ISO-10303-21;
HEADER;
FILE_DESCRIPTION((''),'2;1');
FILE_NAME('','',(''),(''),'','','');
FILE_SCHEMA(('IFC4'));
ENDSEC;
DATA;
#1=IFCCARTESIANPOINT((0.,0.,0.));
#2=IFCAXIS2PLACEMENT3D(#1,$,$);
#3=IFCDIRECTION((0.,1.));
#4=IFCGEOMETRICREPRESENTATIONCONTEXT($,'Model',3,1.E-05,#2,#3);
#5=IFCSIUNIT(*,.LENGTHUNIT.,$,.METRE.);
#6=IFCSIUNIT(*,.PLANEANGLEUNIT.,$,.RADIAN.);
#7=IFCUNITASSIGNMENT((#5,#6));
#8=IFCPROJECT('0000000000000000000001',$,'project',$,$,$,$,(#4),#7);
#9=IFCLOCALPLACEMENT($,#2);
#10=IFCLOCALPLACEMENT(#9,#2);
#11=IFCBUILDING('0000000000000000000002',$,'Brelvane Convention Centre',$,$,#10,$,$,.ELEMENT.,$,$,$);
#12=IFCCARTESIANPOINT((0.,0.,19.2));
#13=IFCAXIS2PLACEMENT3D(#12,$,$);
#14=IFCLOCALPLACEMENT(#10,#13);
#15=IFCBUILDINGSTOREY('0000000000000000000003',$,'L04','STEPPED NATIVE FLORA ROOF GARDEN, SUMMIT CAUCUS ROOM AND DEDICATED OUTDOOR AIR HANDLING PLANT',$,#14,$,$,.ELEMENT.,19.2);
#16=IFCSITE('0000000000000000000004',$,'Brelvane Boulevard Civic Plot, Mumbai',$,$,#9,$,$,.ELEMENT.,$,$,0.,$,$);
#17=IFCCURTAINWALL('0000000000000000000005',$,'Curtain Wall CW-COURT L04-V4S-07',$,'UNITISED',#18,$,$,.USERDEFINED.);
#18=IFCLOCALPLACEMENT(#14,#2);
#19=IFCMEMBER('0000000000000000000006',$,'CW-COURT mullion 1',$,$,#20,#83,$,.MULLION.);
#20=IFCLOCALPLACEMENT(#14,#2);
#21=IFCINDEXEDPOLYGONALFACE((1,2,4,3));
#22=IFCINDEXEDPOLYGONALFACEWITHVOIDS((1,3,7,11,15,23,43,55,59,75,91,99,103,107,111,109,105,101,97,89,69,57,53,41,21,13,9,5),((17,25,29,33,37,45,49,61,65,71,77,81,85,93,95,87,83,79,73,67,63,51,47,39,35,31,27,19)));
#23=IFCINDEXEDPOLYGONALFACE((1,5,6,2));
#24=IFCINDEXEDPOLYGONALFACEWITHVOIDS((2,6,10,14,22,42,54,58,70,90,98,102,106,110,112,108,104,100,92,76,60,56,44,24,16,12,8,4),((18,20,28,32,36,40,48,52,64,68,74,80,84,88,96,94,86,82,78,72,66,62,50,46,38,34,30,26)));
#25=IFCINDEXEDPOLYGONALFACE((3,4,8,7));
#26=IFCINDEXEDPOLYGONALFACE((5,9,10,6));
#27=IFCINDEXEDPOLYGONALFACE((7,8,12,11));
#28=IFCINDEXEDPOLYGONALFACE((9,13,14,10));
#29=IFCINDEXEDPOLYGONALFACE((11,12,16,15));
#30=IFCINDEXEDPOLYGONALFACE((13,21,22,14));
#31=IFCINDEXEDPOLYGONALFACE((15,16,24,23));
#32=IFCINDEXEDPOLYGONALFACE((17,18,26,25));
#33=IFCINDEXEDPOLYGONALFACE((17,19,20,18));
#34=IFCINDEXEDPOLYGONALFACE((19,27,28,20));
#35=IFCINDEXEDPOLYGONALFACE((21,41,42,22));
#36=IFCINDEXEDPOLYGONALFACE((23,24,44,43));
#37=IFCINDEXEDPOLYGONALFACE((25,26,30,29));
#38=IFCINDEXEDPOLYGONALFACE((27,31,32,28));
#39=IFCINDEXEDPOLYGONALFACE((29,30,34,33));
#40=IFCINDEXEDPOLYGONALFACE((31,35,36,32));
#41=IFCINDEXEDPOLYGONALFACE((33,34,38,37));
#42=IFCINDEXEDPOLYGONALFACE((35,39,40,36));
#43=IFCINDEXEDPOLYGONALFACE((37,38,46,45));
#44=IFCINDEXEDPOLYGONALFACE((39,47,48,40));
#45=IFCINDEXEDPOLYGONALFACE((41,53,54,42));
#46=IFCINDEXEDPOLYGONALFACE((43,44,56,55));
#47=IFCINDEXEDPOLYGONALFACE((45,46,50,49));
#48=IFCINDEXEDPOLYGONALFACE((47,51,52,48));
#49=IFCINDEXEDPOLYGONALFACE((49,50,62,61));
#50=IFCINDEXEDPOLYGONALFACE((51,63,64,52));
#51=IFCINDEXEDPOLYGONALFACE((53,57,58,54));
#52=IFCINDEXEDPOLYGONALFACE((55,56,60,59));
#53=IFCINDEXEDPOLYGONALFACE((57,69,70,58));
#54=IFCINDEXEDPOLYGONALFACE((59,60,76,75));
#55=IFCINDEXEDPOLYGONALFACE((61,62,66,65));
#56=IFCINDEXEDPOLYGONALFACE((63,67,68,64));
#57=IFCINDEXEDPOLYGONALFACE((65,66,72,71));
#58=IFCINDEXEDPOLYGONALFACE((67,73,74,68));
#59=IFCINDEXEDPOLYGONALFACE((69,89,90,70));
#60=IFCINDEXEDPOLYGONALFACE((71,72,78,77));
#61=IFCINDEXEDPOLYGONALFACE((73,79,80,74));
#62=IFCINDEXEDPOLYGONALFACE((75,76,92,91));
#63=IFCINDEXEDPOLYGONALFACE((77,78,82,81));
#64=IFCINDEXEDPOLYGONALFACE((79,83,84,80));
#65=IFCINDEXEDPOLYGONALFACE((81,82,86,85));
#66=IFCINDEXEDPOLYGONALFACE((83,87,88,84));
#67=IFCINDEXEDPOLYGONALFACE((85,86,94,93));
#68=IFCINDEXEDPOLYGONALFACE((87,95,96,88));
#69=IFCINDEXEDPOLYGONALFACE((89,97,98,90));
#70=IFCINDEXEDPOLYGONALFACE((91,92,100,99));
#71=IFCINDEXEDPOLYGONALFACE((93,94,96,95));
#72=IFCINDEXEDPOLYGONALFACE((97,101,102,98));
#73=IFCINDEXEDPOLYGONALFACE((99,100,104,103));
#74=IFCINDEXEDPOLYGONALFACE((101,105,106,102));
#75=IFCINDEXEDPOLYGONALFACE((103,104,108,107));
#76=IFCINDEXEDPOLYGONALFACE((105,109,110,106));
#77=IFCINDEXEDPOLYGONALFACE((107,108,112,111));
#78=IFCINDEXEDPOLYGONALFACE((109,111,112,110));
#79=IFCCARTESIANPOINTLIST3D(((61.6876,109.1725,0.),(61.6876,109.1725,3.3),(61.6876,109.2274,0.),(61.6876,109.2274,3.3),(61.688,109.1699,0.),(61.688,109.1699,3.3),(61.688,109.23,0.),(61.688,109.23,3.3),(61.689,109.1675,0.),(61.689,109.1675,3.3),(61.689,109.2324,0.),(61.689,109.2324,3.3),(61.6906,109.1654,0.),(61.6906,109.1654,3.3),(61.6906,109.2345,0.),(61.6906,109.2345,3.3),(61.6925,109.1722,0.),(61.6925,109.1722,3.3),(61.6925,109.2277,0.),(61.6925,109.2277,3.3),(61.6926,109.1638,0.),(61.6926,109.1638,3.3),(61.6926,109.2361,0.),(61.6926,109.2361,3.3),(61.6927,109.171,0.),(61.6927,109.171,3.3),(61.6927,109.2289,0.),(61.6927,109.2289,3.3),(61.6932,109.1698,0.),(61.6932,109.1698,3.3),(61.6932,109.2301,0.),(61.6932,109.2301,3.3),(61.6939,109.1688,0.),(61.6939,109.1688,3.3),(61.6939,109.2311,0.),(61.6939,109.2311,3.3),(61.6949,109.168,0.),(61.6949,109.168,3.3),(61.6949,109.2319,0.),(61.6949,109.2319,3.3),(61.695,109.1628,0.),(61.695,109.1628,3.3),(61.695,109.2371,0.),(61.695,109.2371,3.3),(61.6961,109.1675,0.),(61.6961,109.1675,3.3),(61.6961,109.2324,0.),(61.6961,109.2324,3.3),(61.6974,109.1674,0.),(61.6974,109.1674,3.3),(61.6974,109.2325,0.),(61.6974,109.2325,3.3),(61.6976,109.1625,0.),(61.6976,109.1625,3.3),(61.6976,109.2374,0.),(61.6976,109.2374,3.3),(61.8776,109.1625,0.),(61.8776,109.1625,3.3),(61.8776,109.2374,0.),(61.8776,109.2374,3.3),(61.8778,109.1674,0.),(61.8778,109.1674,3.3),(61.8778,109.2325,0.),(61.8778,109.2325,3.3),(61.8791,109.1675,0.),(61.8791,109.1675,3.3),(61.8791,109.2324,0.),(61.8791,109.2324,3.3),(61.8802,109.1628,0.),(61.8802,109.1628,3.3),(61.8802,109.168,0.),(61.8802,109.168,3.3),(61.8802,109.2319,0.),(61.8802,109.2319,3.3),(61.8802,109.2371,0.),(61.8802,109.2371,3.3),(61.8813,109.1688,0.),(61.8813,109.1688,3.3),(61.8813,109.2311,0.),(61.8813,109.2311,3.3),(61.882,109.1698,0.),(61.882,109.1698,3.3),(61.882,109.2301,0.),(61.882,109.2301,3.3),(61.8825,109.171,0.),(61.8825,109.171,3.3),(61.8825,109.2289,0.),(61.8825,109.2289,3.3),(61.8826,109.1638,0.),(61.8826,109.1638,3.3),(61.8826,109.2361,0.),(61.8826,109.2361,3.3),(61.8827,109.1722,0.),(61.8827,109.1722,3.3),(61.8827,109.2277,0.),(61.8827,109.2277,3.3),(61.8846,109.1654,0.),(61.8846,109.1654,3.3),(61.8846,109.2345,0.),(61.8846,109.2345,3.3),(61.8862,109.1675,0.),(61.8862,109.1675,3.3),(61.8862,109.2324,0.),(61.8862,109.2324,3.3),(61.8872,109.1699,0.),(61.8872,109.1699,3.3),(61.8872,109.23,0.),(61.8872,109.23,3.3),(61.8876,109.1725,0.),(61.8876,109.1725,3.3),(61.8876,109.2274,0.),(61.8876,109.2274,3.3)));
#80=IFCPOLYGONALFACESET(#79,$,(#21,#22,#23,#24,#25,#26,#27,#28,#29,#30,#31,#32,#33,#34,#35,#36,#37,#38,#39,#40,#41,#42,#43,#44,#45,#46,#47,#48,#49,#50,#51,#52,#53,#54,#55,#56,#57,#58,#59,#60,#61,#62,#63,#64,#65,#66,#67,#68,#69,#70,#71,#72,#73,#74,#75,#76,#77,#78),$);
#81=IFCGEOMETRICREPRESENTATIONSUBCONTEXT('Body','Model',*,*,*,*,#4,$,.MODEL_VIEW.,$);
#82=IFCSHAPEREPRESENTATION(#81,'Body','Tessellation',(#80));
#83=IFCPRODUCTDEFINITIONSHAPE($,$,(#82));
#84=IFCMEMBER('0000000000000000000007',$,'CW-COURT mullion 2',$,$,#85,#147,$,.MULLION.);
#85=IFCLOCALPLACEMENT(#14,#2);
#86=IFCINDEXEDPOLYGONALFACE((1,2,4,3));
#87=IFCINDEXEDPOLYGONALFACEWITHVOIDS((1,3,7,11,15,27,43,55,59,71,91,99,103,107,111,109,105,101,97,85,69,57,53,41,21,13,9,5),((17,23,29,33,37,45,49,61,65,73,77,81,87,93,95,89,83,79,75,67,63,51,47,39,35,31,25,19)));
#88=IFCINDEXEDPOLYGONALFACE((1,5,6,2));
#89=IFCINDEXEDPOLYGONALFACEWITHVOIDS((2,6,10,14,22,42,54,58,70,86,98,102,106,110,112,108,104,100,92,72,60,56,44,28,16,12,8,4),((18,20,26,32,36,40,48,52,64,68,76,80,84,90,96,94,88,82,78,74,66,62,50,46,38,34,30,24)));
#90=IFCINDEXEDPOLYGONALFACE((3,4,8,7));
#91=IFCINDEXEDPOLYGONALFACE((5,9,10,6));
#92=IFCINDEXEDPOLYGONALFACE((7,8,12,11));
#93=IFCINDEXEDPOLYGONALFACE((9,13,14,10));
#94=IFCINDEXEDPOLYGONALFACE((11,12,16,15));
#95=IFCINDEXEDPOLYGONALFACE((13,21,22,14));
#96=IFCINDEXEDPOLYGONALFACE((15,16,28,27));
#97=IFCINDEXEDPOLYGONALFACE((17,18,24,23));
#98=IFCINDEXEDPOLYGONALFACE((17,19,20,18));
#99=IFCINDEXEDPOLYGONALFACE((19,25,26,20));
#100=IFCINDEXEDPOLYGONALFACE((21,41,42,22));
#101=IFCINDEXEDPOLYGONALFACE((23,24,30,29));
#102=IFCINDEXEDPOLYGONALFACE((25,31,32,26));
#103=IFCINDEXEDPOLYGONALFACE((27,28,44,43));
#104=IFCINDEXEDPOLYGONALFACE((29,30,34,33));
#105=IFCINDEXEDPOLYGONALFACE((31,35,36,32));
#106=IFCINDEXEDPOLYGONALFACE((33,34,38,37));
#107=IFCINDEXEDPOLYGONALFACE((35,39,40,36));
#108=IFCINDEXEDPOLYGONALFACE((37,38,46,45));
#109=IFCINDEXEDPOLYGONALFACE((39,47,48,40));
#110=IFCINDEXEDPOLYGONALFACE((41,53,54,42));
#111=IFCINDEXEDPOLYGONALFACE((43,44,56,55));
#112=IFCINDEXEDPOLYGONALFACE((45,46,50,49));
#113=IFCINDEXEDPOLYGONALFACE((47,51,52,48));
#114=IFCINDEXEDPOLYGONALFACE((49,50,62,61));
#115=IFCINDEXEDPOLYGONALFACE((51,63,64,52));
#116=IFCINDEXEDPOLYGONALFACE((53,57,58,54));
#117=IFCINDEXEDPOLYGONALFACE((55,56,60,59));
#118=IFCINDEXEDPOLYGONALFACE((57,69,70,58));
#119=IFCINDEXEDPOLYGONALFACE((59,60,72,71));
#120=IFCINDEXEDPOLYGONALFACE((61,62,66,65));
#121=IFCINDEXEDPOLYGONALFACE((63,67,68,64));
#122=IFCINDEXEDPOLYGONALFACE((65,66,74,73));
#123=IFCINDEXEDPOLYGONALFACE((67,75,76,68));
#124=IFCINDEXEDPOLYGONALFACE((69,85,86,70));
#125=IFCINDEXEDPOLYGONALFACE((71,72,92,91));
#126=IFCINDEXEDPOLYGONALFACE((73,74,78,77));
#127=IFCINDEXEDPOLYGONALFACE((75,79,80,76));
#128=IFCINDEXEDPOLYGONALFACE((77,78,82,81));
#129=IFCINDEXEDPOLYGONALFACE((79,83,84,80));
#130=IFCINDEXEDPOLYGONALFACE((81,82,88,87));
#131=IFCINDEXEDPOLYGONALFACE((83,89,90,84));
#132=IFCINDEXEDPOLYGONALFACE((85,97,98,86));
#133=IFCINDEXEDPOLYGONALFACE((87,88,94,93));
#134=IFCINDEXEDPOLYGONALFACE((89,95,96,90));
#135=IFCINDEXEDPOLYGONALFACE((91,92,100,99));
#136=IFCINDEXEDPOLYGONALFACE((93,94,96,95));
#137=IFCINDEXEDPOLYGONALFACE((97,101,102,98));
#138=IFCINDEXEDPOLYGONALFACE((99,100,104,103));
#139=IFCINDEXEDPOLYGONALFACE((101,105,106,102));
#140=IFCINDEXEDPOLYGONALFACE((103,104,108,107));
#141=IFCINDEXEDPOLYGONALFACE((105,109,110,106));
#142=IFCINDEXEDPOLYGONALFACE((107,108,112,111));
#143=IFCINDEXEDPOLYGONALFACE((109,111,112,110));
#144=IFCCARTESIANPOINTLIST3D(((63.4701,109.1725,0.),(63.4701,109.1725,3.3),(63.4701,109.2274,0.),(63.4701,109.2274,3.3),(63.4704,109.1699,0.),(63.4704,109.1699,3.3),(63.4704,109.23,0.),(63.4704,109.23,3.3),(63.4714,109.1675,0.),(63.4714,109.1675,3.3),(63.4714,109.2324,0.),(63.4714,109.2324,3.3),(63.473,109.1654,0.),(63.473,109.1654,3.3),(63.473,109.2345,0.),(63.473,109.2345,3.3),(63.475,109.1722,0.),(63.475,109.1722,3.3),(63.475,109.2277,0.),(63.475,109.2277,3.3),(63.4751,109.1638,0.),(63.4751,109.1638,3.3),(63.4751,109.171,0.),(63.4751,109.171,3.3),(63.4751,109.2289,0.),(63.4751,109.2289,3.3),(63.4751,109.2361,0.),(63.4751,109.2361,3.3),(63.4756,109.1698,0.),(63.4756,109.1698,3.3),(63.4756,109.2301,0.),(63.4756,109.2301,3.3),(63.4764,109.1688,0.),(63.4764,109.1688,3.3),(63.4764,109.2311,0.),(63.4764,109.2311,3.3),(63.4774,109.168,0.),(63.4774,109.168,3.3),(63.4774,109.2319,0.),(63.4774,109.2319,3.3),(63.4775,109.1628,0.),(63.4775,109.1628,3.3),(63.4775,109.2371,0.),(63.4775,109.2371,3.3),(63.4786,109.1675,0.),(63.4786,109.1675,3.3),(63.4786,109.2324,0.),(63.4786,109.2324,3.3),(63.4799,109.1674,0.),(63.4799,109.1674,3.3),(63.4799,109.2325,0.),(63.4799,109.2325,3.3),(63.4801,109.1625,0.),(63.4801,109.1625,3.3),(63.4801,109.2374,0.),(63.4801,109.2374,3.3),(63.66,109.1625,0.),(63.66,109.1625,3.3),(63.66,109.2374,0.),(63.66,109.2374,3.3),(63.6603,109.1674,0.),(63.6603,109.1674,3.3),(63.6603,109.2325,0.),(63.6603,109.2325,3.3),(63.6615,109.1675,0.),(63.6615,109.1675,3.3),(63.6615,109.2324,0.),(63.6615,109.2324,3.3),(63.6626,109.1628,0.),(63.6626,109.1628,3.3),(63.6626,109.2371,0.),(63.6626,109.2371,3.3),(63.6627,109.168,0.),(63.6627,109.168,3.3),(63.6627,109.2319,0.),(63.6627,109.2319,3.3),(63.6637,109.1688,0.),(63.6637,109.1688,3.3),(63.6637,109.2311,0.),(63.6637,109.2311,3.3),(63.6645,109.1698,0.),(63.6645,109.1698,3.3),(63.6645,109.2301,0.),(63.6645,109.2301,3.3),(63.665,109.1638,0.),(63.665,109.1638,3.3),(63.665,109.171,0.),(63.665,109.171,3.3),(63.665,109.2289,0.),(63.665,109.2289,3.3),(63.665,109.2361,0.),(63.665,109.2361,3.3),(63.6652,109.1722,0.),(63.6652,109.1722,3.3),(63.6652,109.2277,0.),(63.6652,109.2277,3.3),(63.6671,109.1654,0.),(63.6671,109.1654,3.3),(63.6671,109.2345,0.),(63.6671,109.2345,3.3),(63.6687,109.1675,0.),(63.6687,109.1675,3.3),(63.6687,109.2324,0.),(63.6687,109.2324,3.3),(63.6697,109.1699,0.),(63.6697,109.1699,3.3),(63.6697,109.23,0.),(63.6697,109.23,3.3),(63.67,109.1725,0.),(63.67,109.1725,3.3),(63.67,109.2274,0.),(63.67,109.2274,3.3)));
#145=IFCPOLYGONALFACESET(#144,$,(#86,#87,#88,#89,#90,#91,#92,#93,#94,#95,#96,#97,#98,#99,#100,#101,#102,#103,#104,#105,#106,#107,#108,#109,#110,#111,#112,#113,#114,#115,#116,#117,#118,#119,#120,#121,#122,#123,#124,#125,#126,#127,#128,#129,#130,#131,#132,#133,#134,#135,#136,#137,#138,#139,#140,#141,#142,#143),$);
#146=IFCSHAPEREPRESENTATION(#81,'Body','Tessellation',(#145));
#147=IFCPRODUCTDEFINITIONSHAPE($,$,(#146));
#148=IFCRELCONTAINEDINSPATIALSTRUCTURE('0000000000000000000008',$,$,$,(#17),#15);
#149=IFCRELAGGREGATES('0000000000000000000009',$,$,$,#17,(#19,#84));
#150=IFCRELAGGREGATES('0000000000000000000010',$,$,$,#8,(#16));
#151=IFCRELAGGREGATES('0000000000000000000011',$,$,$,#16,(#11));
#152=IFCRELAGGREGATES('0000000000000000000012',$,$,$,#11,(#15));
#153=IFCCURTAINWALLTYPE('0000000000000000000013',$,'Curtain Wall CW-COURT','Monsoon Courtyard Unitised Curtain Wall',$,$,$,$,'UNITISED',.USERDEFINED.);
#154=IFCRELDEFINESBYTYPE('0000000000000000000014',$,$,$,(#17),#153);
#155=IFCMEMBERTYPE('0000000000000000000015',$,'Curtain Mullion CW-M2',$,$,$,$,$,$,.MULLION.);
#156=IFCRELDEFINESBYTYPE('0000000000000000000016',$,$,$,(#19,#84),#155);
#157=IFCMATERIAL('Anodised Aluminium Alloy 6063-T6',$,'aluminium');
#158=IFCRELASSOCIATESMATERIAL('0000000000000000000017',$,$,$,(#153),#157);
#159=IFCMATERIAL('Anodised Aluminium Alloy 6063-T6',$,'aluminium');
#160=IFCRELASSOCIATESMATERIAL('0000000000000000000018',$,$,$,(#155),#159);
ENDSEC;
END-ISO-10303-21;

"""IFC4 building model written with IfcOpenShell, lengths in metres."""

from ifc_helpers import new_model, si_unit, direction, frame, origin, origin_2d, place, context, subcontext, project, spatial, hollow_rectangle, extrude, material, material_profile, profile_set, type_object, element, aggregate, save


model = new_model("IFC4")

# Units and contexts
model_context = context("Model", 3, precision=1e-05, world=origin(), true_north=direction((0.0, 1.0)))
body_context = subcontext(model_context, "Body", "Model", "MODEL_VIEW")
ifc_project = project(units=[si_unit("LENGTHUNIT", "METRE"), si_unit("PLANEANGLEUNIT", "RADIAN")], contexts=[model_context])

# Site, building, storey
site_placement = place(None, origin())
site = spatial("IfcSite", under=ifc_project, at=site_placement, Name="Brelvane Boulevard Civic Plot, Mumbai", CompositionType="ELEMENT", RefElevation=0.0)
building_placement = place(site_placement, origin())
building = spatial("IfcBuilding", under=site, at=building_placement, Name="Brelvane Convention Centre", CompositionType="ELEMENT")
storey_placement = place(building_placement, frame((0.0, 0.0, 19.2)))
storey = spatial("IfcBuildingStorey", under=building, at=storey_placement, Name="L04", Description="STEPPED NATIVE FLORA ROOF GARDEN, SUMMIT CAUCUS ROOM AND DEDICATED OUTDOOR AIR HANDLING PLANT", CompositionType="ELEMENT", Elevation=19.2)

# Curtain wall, members
ifc_material_1 = material(Name="Anodised Aluminium Alloy 6063-T6", Category="aluminium")
curtain_wall_type = type_object("IfcCurtainWallType", Name="Curtain Wall CW-COURT", Description="Monsoon Courtyard Unitised Curtain Wall", ElementType="UNITISED", PredefinedType="USERDEFINED", material=ifc_material_1)
ifc_material_2 = material(Name="Anodised Aluminium Alloy 6063-T6", Category="aluminium")
ifc_material_profile_1 = material_profile(ifc_material_2, hollow_rectangle(XDim=0.075, YDim=0.2, WallThickness=0.0049, InnerFilletRadius=0.0049, OuterFilletRadius=0.01, at=origin_2d()), Name="ALU-M 200x75x5.0")
ifc_profile_set_1 = profile_set([ifc_material_profile_1], Name="Anodised Aluminium Alloy 6063-T6")
member_type_1 = type_object("IfcMemberType", Name="Curtain Mullion CW-M2", PredefinedType="MULLION", material=ifc_profile_set_1)
curtain_wall_1_placement = place(storey_placement, origin())
curtain_wall_1 = element("IfcCurtainWall", 1, at=curtain_wall_1_placement, inside=storey, type_object=curtain_wall_type, Name="Curtain Wall CW-COURT L04-V4S-07", ObjectType="UNITISED", PredefinedType="USERDEFINED")
member_1_placement = place(storey_placement, frame((61.7876, 109.2, 0.0), z_axis=(0.0, 0.0, 1.0), x_axis=(0.0, 1.0, 0.0)))
member_1 = element("IfcMember", 2, at=member_1_placement, type_object=member_type_1, Name="CW-COURT mullion 1", PredefinedType="MULLION", context=body_context, shape_type="SweptSolid", body=[
    extrude(hollow_rectangle(XDim=0.075, YDim=0.2, WallThickness=0.0049, InnerFilletRadius=0.0049, OuterFilletRadius=0.01, at=origin_2d()), origin(), (0.0, 0.0, 1.0), 3.3),
])
member_2_placement = place(storey_placement, frame((63.5701, 109.2, 0.0), z_axis=(0.0, 0.0, 1.0), x_axis=(0.0, 1.0, 0.0)))
member_2 = element("IfcMember", 3, at=member_2_placement, type_object=member_type_1, Name="CW-COURT mullion 2", PredefinedType="MULLION", context=body_context, shape_type="SweptSolid", body=[
    extrude(hollow_rectangle(XDim=0.075, YDim=0.2, WallThickness=0.0049, InnerFilletRadius=0.0049, OuterFilletRadius=0.01, at=origin_2d()), origin(), (0.0, 0.0, 1.0), 3.3),
])

aggregate(curtain_wall_1, [member_1, member_2])

save(model, "model.ifc")
